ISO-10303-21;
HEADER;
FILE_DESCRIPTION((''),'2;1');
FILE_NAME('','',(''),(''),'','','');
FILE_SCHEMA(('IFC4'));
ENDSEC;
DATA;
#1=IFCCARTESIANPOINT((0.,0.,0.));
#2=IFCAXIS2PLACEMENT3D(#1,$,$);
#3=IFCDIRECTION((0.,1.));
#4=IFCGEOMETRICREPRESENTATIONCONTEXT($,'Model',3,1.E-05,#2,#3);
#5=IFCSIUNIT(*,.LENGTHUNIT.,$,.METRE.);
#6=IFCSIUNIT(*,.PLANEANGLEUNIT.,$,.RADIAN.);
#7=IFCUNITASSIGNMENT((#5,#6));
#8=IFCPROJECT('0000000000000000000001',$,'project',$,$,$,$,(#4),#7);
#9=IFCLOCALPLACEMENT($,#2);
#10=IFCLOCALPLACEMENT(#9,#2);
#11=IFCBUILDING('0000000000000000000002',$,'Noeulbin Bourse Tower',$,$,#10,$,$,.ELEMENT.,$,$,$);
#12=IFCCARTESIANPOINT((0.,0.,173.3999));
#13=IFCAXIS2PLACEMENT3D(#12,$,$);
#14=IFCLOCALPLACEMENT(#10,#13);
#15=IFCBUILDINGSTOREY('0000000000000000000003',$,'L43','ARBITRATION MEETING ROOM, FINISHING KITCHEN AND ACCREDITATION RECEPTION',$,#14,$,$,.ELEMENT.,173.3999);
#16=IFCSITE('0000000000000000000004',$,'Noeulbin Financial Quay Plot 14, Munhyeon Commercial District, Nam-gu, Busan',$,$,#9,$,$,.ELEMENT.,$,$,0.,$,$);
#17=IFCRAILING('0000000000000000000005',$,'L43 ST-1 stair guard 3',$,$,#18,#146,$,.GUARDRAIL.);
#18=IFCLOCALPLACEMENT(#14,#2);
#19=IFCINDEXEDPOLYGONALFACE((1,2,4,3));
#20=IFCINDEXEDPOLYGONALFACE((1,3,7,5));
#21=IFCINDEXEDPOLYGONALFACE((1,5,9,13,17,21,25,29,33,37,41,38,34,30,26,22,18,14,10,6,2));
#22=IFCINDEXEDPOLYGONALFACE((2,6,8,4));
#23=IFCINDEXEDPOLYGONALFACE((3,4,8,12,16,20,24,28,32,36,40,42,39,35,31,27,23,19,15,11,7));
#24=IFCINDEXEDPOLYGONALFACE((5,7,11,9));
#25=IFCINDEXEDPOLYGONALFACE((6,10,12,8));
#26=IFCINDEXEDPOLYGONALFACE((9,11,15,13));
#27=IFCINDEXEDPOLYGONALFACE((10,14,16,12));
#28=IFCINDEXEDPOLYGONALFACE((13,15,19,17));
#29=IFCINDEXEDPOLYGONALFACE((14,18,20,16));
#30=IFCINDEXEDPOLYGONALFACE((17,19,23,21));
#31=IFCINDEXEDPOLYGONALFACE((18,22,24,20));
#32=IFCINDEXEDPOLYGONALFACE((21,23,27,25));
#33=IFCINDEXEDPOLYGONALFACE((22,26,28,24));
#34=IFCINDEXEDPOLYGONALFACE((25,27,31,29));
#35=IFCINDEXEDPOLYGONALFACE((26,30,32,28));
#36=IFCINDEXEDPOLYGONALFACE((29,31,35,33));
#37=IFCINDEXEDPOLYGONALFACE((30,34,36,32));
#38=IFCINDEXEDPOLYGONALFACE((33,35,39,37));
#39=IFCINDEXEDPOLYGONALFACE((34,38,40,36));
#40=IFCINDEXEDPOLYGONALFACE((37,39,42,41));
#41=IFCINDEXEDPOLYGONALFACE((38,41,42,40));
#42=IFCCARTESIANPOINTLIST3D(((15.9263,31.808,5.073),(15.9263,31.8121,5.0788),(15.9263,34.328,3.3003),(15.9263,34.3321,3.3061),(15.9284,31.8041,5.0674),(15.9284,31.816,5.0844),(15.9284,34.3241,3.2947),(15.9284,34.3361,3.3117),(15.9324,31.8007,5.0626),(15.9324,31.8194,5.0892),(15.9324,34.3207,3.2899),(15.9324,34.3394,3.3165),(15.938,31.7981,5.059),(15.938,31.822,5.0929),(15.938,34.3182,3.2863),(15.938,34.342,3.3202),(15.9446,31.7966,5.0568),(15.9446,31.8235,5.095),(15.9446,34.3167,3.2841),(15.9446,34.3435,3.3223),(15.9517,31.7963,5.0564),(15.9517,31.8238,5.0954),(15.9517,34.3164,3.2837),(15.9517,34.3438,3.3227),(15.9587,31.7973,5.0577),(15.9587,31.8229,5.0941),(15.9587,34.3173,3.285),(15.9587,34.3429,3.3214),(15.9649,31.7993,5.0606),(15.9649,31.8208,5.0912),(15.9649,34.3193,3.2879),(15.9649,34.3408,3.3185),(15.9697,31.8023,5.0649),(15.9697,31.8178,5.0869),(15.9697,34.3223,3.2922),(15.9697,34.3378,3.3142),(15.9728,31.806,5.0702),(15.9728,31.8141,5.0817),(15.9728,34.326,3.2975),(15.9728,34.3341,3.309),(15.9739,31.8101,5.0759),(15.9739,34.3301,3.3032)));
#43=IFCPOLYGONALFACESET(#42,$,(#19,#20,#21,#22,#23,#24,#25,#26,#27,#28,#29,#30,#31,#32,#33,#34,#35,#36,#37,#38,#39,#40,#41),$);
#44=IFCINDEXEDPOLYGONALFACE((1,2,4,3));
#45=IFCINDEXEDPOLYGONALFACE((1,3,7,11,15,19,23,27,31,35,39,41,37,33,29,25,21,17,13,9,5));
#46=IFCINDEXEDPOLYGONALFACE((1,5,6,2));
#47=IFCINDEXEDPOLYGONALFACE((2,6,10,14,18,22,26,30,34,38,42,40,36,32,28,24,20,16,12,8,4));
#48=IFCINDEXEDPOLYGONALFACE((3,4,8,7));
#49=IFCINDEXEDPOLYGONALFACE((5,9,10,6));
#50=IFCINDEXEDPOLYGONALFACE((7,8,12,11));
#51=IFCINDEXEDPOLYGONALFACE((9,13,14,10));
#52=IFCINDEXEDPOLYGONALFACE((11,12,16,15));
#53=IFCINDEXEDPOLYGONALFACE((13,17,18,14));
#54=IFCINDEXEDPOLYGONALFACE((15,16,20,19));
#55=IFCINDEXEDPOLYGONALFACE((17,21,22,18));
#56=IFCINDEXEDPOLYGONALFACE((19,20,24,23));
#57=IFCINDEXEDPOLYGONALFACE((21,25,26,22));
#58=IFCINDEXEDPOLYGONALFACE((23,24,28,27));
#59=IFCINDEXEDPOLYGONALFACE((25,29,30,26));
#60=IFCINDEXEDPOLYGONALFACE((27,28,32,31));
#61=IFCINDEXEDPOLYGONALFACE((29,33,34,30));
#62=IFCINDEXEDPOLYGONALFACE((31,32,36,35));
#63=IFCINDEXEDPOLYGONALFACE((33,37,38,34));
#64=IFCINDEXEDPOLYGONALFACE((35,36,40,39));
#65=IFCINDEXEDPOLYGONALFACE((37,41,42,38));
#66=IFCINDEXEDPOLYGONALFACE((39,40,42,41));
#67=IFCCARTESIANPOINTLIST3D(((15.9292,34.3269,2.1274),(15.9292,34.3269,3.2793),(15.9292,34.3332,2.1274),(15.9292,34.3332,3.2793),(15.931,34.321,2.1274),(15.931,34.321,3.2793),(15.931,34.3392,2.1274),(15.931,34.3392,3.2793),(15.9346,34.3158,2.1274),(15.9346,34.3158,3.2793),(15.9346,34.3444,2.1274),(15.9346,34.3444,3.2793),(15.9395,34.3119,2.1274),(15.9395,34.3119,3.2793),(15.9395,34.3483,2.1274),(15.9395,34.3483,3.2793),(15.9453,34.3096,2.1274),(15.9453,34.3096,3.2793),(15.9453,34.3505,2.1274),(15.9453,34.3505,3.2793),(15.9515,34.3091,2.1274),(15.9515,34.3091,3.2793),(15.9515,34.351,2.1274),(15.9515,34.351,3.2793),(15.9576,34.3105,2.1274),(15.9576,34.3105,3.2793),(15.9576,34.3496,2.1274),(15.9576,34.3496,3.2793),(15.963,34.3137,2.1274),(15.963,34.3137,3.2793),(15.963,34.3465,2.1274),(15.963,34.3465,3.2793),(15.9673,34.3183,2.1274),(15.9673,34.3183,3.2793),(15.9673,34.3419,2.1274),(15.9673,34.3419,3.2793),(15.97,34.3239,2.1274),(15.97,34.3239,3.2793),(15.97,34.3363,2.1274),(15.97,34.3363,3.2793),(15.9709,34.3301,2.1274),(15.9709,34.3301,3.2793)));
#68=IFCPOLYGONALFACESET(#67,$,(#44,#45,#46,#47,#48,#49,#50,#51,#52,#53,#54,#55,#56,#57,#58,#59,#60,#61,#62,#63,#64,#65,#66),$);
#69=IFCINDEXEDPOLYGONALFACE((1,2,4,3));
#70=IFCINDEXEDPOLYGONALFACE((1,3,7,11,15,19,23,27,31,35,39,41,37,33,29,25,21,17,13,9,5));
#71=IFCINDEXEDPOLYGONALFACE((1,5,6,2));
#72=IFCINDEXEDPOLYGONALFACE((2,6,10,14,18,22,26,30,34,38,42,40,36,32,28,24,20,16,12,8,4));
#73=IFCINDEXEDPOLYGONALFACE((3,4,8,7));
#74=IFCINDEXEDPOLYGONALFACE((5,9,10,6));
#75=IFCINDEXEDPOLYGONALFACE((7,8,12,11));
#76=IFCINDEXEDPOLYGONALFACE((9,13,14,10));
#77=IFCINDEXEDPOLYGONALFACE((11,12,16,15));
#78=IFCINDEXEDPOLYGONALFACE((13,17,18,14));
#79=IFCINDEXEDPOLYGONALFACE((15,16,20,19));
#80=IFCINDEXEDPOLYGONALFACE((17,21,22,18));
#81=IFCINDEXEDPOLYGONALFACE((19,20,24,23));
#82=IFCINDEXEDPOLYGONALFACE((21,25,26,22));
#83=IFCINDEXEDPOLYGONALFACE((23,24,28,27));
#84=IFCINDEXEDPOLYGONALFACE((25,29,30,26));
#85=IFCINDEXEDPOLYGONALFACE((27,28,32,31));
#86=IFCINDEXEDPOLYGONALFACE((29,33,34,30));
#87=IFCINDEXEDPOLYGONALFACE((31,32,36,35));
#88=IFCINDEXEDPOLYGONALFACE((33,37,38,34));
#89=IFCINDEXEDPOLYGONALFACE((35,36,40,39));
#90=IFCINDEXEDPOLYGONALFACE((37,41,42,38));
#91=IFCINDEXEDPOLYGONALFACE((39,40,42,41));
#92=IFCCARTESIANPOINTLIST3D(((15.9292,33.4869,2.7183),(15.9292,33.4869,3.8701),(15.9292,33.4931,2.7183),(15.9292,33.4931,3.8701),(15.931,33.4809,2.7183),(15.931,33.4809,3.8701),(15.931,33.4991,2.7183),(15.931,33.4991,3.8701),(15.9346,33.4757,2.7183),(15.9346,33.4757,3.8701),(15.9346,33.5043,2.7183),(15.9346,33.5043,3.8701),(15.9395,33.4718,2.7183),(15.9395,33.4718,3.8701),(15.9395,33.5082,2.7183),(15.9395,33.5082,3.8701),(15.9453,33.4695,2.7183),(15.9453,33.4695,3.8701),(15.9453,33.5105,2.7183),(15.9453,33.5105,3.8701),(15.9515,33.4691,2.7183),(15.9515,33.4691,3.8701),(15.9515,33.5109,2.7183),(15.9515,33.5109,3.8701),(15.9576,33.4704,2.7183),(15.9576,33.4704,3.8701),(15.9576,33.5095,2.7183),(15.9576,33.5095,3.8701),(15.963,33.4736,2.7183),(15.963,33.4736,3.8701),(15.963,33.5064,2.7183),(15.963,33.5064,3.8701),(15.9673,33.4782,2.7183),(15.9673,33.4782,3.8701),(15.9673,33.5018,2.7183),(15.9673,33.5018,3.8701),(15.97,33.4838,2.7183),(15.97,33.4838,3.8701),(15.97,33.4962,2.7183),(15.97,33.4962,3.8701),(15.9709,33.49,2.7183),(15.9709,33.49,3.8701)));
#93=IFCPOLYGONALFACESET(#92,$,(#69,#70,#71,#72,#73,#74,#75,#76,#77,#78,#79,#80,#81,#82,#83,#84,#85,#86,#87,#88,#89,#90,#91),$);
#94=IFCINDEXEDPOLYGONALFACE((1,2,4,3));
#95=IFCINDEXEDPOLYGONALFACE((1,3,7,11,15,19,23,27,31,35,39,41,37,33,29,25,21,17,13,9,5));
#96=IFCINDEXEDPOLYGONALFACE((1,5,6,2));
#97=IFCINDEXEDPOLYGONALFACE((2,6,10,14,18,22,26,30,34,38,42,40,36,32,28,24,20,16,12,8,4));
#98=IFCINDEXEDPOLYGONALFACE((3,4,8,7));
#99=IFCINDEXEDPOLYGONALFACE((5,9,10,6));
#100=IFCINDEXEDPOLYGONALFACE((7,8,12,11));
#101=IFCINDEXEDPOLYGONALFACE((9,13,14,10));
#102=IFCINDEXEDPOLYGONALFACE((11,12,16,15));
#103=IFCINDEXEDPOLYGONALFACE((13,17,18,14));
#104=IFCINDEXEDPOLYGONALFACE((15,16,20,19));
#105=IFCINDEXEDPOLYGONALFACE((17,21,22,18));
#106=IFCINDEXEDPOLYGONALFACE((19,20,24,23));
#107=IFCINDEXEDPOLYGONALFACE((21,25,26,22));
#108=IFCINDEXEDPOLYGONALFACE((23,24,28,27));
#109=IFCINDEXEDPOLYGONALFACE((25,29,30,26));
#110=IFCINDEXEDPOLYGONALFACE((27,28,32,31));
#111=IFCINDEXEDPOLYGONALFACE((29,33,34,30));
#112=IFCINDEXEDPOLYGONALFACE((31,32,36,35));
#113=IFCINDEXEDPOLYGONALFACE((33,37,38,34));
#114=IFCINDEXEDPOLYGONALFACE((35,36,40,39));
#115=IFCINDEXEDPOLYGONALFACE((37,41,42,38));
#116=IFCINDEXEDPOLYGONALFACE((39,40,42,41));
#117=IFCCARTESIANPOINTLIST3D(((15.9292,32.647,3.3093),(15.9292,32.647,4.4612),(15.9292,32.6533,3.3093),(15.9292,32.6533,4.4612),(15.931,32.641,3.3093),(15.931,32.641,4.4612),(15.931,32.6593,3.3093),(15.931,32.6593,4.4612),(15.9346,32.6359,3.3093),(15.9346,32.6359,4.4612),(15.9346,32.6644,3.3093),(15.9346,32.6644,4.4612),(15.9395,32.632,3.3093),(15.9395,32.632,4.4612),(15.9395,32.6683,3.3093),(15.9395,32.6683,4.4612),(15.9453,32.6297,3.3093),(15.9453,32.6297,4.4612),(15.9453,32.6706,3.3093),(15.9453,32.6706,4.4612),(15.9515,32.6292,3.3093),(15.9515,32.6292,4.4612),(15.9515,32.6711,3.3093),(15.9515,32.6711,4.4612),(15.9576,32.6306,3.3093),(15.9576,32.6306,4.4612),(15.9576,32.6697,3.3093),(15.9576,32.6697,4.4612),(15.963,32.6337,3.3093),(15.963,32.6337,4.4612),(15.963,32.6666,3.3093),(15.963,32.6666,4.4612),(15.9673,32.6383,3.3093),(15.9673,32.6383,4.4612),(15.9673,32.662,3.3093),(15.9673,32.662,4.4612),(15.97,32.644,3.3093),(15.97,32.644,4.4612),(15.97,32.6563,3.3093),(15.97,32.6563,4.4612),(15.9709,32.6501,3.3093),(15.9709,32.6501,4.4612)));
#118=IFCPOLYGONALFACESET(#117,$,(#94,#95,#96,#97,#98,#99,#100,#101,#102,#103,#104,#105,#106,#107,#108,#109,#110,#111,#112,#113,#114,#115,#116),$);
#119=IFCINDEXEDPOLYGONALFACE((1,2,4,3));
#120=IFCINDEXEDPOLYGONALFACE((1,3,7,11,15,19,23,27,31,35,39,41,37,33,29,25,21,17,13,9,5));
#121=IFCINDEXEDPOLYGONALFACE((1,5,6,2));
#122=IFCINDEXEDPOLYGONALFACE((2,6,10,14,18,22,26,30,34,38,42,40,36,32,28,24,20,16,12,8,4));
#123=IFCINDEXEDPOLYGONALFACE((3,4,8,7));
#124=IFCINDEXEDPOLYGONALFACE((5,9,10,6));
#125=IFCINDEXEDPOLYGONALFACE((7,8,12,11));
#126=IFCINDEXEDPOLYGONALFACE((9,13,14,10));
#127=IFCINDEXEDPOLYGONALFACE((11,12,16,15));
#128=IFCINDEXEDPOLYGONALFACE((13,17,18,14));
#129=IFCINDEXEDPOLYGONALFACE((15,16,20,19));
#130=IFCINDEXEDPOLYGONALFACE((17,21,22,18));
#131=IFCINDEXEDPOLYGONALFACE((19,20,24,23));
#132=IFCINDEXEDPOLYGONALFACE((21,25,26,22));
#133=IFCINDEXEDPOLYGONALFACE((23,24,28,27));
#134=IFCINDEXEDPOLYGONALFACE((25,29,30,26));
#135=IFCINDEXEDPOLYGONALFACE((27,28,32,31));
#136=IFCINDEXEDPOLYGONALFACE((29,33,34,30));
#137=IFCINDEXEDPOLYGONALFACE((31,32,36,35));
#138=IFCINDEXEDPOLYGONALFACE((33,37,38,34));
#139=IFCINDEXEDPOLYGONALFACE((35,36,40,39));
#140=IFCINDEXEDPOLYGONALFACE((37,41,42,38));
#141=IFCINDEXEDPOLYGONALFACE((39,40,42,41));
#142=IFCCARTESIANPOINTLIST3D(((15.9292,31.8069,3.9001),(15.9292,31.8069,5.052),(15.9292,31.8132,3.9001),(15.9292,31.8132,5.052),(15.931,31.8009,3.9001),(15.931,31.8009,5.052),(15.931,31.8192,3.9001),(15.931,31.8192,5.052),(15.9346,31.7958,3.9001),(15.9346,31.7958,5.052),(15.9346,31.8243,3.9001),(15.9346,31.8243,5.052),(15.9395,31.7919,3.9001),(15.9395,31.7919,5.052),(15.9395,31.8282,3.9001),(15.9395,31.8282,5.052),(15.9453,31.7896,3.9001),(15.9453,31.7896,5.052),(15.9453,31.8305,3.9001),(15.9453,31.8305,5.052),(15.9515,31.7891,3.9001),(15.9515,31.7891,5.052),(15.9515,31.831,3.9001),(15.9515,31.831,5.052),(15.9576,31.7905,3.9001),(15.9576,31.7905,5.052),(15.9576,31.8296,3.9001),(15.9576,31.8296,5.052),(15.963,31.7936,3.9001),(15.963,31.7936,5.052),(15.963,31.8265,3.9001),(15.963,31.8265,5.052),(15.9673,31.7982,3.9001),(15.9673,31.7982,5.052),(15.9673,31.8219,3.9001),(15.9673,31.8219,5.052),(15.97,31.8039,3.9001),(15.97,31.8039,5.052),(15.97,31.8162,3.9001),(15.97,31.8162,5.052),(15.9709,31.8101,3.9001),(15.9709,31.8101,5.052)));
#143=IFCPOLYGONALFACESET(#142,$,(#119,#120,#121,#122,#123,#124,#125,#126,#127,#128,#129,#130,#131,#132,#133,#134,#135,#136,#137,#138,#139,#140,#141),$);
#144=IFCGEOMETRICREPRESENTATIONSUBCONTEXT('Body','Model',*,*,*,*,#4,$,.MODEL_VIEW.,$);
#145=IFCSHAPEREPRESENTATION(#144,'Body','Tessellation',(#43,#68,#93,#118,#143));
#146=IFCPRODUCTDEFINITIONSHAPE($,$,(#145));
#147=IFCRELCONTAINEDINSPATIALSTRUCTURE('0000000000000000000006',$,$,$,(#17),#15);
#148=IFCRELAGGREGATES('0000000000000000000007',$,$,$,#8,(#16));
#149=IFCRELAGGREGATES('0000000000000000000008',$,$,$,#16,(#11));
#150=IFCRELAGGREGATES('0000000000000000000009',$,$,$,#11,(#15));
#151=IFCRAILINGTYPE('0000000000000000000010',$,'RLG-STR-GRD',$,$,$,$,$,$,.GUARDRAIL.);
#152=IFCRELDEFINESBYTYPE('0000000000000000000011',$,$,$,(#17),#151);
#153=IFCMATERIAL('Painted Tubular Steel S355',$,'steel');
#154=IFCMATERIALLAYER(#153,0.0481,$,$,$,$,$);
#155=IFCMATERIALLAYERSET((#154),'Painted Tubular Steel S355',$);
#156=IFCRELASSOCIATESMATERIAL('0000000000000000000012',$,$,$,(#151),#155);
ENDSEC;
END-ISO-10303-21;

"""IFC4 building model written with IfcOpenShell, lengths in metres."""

from ifc_helpers import new_model, si_unit, direction, frame, origin, origin_2d, place, context, subcontext, project, spatial, circle, extrude, material, layer, layer_set, type_object, element, save


model = new_model("IFC4")

# Units and contexts
model_context = context("Model", 3, precision=1e-05, world=origin(), true_north=direction((0.0, 1.0)))
body_context = subcontext(model_context, "Body", "Model", "MODEL_VIEW")
ifc_project = project(units=[si_unit("LENGTHUNIT", "METRE"), si_unit("PLANEANGLEUNIT", "RADIAN")], contexts=[model_context])

# Site, building, storey
site_placement = place(None, origin())
site = spatial("IfcSite", under=ifc_project, at=site_placement, Name="Noeulbin Financial Quay Plot 14, Munhyeon Commercial District, Nam-gu, Busan", CompositionType="ELEMENT", RefElevation=0.0)
building_placement = place(site_placement, origin())
building = spatial("IfcBuilding", under=site, at=building_placement, Name="Noeulbin Bourse Tower", CompositionType="ELEMENT")
storey_placement = place(building_placement, frame((0.0, 0.0, 173.3999)))
storey = spatial("IfcBuildingStorey", under=building, at=storey_placement, Name="L43", Description="ARBITRATION MEETING ROOM, FINISHING KITCHEN AND ACCREDITATION RECEPTION", CompositionType="ELEMENT", Elevation=173.3999)

# Railing
ifc_material_1 = material(Name="Painted Tubular Steel S355", Category="steel")
ifc_layer_1 = layer(ifc_material_1, 0.0481)
ifc_layer_set_1 = layer_set([ifc_layer_1], Name="Painted Tubular Steel S355")
railing_type_1 = type_object("IfcRailingType", Name="RLG-STR-GRD", PredefinedType="GUARDRAIL", material=ifc_layer_set_1)
railing_1_placement = place(storey_placement, frame((15.95, 34.3301, 2.1274)))
element("IfcRailing", 1, at=railing_1_placement, inside=storey, type_object=railing_type_1, Name="L43 ST-1 stair guard 3", PredefinedType="GUARDRAIL", context=body_context, shape_type="SweptSolid", body=[
    extrude(circle(Radius=0.0239, at=origin_2d()), frame((0.0, 0.0, 1.1758), z_axis=(0.0, -0.817904, 0.575354), x_axis=(1.0, 0.0, 0.0)), (0.0, 0.0, 1.0), 3.0811),
    extrude(circle(Radius=0.021, at=origin_2d()), origin(), (0.0, 0.0, 1.0), 1.1519),
    extrude(circle(Radius=0.021, at=origin_2d()), frame((0.0, -0.8401, 0.5908)), (0.0, 0.0, 1.0), 1.1519),
    extrude(circle(Radius=0.021, at=origin_2d()), frame((0.0, -1.6799, 1.1819)), (0.0, 0.0, 1.0), 1.1519),
    extrude(circle(Radius=0.021, at=origin_2d()), frame((0.0, -2.52, 1.7727)), (0.0, 0.0, 1.0), 1.1519),
])

save(model, "model.ifc")
